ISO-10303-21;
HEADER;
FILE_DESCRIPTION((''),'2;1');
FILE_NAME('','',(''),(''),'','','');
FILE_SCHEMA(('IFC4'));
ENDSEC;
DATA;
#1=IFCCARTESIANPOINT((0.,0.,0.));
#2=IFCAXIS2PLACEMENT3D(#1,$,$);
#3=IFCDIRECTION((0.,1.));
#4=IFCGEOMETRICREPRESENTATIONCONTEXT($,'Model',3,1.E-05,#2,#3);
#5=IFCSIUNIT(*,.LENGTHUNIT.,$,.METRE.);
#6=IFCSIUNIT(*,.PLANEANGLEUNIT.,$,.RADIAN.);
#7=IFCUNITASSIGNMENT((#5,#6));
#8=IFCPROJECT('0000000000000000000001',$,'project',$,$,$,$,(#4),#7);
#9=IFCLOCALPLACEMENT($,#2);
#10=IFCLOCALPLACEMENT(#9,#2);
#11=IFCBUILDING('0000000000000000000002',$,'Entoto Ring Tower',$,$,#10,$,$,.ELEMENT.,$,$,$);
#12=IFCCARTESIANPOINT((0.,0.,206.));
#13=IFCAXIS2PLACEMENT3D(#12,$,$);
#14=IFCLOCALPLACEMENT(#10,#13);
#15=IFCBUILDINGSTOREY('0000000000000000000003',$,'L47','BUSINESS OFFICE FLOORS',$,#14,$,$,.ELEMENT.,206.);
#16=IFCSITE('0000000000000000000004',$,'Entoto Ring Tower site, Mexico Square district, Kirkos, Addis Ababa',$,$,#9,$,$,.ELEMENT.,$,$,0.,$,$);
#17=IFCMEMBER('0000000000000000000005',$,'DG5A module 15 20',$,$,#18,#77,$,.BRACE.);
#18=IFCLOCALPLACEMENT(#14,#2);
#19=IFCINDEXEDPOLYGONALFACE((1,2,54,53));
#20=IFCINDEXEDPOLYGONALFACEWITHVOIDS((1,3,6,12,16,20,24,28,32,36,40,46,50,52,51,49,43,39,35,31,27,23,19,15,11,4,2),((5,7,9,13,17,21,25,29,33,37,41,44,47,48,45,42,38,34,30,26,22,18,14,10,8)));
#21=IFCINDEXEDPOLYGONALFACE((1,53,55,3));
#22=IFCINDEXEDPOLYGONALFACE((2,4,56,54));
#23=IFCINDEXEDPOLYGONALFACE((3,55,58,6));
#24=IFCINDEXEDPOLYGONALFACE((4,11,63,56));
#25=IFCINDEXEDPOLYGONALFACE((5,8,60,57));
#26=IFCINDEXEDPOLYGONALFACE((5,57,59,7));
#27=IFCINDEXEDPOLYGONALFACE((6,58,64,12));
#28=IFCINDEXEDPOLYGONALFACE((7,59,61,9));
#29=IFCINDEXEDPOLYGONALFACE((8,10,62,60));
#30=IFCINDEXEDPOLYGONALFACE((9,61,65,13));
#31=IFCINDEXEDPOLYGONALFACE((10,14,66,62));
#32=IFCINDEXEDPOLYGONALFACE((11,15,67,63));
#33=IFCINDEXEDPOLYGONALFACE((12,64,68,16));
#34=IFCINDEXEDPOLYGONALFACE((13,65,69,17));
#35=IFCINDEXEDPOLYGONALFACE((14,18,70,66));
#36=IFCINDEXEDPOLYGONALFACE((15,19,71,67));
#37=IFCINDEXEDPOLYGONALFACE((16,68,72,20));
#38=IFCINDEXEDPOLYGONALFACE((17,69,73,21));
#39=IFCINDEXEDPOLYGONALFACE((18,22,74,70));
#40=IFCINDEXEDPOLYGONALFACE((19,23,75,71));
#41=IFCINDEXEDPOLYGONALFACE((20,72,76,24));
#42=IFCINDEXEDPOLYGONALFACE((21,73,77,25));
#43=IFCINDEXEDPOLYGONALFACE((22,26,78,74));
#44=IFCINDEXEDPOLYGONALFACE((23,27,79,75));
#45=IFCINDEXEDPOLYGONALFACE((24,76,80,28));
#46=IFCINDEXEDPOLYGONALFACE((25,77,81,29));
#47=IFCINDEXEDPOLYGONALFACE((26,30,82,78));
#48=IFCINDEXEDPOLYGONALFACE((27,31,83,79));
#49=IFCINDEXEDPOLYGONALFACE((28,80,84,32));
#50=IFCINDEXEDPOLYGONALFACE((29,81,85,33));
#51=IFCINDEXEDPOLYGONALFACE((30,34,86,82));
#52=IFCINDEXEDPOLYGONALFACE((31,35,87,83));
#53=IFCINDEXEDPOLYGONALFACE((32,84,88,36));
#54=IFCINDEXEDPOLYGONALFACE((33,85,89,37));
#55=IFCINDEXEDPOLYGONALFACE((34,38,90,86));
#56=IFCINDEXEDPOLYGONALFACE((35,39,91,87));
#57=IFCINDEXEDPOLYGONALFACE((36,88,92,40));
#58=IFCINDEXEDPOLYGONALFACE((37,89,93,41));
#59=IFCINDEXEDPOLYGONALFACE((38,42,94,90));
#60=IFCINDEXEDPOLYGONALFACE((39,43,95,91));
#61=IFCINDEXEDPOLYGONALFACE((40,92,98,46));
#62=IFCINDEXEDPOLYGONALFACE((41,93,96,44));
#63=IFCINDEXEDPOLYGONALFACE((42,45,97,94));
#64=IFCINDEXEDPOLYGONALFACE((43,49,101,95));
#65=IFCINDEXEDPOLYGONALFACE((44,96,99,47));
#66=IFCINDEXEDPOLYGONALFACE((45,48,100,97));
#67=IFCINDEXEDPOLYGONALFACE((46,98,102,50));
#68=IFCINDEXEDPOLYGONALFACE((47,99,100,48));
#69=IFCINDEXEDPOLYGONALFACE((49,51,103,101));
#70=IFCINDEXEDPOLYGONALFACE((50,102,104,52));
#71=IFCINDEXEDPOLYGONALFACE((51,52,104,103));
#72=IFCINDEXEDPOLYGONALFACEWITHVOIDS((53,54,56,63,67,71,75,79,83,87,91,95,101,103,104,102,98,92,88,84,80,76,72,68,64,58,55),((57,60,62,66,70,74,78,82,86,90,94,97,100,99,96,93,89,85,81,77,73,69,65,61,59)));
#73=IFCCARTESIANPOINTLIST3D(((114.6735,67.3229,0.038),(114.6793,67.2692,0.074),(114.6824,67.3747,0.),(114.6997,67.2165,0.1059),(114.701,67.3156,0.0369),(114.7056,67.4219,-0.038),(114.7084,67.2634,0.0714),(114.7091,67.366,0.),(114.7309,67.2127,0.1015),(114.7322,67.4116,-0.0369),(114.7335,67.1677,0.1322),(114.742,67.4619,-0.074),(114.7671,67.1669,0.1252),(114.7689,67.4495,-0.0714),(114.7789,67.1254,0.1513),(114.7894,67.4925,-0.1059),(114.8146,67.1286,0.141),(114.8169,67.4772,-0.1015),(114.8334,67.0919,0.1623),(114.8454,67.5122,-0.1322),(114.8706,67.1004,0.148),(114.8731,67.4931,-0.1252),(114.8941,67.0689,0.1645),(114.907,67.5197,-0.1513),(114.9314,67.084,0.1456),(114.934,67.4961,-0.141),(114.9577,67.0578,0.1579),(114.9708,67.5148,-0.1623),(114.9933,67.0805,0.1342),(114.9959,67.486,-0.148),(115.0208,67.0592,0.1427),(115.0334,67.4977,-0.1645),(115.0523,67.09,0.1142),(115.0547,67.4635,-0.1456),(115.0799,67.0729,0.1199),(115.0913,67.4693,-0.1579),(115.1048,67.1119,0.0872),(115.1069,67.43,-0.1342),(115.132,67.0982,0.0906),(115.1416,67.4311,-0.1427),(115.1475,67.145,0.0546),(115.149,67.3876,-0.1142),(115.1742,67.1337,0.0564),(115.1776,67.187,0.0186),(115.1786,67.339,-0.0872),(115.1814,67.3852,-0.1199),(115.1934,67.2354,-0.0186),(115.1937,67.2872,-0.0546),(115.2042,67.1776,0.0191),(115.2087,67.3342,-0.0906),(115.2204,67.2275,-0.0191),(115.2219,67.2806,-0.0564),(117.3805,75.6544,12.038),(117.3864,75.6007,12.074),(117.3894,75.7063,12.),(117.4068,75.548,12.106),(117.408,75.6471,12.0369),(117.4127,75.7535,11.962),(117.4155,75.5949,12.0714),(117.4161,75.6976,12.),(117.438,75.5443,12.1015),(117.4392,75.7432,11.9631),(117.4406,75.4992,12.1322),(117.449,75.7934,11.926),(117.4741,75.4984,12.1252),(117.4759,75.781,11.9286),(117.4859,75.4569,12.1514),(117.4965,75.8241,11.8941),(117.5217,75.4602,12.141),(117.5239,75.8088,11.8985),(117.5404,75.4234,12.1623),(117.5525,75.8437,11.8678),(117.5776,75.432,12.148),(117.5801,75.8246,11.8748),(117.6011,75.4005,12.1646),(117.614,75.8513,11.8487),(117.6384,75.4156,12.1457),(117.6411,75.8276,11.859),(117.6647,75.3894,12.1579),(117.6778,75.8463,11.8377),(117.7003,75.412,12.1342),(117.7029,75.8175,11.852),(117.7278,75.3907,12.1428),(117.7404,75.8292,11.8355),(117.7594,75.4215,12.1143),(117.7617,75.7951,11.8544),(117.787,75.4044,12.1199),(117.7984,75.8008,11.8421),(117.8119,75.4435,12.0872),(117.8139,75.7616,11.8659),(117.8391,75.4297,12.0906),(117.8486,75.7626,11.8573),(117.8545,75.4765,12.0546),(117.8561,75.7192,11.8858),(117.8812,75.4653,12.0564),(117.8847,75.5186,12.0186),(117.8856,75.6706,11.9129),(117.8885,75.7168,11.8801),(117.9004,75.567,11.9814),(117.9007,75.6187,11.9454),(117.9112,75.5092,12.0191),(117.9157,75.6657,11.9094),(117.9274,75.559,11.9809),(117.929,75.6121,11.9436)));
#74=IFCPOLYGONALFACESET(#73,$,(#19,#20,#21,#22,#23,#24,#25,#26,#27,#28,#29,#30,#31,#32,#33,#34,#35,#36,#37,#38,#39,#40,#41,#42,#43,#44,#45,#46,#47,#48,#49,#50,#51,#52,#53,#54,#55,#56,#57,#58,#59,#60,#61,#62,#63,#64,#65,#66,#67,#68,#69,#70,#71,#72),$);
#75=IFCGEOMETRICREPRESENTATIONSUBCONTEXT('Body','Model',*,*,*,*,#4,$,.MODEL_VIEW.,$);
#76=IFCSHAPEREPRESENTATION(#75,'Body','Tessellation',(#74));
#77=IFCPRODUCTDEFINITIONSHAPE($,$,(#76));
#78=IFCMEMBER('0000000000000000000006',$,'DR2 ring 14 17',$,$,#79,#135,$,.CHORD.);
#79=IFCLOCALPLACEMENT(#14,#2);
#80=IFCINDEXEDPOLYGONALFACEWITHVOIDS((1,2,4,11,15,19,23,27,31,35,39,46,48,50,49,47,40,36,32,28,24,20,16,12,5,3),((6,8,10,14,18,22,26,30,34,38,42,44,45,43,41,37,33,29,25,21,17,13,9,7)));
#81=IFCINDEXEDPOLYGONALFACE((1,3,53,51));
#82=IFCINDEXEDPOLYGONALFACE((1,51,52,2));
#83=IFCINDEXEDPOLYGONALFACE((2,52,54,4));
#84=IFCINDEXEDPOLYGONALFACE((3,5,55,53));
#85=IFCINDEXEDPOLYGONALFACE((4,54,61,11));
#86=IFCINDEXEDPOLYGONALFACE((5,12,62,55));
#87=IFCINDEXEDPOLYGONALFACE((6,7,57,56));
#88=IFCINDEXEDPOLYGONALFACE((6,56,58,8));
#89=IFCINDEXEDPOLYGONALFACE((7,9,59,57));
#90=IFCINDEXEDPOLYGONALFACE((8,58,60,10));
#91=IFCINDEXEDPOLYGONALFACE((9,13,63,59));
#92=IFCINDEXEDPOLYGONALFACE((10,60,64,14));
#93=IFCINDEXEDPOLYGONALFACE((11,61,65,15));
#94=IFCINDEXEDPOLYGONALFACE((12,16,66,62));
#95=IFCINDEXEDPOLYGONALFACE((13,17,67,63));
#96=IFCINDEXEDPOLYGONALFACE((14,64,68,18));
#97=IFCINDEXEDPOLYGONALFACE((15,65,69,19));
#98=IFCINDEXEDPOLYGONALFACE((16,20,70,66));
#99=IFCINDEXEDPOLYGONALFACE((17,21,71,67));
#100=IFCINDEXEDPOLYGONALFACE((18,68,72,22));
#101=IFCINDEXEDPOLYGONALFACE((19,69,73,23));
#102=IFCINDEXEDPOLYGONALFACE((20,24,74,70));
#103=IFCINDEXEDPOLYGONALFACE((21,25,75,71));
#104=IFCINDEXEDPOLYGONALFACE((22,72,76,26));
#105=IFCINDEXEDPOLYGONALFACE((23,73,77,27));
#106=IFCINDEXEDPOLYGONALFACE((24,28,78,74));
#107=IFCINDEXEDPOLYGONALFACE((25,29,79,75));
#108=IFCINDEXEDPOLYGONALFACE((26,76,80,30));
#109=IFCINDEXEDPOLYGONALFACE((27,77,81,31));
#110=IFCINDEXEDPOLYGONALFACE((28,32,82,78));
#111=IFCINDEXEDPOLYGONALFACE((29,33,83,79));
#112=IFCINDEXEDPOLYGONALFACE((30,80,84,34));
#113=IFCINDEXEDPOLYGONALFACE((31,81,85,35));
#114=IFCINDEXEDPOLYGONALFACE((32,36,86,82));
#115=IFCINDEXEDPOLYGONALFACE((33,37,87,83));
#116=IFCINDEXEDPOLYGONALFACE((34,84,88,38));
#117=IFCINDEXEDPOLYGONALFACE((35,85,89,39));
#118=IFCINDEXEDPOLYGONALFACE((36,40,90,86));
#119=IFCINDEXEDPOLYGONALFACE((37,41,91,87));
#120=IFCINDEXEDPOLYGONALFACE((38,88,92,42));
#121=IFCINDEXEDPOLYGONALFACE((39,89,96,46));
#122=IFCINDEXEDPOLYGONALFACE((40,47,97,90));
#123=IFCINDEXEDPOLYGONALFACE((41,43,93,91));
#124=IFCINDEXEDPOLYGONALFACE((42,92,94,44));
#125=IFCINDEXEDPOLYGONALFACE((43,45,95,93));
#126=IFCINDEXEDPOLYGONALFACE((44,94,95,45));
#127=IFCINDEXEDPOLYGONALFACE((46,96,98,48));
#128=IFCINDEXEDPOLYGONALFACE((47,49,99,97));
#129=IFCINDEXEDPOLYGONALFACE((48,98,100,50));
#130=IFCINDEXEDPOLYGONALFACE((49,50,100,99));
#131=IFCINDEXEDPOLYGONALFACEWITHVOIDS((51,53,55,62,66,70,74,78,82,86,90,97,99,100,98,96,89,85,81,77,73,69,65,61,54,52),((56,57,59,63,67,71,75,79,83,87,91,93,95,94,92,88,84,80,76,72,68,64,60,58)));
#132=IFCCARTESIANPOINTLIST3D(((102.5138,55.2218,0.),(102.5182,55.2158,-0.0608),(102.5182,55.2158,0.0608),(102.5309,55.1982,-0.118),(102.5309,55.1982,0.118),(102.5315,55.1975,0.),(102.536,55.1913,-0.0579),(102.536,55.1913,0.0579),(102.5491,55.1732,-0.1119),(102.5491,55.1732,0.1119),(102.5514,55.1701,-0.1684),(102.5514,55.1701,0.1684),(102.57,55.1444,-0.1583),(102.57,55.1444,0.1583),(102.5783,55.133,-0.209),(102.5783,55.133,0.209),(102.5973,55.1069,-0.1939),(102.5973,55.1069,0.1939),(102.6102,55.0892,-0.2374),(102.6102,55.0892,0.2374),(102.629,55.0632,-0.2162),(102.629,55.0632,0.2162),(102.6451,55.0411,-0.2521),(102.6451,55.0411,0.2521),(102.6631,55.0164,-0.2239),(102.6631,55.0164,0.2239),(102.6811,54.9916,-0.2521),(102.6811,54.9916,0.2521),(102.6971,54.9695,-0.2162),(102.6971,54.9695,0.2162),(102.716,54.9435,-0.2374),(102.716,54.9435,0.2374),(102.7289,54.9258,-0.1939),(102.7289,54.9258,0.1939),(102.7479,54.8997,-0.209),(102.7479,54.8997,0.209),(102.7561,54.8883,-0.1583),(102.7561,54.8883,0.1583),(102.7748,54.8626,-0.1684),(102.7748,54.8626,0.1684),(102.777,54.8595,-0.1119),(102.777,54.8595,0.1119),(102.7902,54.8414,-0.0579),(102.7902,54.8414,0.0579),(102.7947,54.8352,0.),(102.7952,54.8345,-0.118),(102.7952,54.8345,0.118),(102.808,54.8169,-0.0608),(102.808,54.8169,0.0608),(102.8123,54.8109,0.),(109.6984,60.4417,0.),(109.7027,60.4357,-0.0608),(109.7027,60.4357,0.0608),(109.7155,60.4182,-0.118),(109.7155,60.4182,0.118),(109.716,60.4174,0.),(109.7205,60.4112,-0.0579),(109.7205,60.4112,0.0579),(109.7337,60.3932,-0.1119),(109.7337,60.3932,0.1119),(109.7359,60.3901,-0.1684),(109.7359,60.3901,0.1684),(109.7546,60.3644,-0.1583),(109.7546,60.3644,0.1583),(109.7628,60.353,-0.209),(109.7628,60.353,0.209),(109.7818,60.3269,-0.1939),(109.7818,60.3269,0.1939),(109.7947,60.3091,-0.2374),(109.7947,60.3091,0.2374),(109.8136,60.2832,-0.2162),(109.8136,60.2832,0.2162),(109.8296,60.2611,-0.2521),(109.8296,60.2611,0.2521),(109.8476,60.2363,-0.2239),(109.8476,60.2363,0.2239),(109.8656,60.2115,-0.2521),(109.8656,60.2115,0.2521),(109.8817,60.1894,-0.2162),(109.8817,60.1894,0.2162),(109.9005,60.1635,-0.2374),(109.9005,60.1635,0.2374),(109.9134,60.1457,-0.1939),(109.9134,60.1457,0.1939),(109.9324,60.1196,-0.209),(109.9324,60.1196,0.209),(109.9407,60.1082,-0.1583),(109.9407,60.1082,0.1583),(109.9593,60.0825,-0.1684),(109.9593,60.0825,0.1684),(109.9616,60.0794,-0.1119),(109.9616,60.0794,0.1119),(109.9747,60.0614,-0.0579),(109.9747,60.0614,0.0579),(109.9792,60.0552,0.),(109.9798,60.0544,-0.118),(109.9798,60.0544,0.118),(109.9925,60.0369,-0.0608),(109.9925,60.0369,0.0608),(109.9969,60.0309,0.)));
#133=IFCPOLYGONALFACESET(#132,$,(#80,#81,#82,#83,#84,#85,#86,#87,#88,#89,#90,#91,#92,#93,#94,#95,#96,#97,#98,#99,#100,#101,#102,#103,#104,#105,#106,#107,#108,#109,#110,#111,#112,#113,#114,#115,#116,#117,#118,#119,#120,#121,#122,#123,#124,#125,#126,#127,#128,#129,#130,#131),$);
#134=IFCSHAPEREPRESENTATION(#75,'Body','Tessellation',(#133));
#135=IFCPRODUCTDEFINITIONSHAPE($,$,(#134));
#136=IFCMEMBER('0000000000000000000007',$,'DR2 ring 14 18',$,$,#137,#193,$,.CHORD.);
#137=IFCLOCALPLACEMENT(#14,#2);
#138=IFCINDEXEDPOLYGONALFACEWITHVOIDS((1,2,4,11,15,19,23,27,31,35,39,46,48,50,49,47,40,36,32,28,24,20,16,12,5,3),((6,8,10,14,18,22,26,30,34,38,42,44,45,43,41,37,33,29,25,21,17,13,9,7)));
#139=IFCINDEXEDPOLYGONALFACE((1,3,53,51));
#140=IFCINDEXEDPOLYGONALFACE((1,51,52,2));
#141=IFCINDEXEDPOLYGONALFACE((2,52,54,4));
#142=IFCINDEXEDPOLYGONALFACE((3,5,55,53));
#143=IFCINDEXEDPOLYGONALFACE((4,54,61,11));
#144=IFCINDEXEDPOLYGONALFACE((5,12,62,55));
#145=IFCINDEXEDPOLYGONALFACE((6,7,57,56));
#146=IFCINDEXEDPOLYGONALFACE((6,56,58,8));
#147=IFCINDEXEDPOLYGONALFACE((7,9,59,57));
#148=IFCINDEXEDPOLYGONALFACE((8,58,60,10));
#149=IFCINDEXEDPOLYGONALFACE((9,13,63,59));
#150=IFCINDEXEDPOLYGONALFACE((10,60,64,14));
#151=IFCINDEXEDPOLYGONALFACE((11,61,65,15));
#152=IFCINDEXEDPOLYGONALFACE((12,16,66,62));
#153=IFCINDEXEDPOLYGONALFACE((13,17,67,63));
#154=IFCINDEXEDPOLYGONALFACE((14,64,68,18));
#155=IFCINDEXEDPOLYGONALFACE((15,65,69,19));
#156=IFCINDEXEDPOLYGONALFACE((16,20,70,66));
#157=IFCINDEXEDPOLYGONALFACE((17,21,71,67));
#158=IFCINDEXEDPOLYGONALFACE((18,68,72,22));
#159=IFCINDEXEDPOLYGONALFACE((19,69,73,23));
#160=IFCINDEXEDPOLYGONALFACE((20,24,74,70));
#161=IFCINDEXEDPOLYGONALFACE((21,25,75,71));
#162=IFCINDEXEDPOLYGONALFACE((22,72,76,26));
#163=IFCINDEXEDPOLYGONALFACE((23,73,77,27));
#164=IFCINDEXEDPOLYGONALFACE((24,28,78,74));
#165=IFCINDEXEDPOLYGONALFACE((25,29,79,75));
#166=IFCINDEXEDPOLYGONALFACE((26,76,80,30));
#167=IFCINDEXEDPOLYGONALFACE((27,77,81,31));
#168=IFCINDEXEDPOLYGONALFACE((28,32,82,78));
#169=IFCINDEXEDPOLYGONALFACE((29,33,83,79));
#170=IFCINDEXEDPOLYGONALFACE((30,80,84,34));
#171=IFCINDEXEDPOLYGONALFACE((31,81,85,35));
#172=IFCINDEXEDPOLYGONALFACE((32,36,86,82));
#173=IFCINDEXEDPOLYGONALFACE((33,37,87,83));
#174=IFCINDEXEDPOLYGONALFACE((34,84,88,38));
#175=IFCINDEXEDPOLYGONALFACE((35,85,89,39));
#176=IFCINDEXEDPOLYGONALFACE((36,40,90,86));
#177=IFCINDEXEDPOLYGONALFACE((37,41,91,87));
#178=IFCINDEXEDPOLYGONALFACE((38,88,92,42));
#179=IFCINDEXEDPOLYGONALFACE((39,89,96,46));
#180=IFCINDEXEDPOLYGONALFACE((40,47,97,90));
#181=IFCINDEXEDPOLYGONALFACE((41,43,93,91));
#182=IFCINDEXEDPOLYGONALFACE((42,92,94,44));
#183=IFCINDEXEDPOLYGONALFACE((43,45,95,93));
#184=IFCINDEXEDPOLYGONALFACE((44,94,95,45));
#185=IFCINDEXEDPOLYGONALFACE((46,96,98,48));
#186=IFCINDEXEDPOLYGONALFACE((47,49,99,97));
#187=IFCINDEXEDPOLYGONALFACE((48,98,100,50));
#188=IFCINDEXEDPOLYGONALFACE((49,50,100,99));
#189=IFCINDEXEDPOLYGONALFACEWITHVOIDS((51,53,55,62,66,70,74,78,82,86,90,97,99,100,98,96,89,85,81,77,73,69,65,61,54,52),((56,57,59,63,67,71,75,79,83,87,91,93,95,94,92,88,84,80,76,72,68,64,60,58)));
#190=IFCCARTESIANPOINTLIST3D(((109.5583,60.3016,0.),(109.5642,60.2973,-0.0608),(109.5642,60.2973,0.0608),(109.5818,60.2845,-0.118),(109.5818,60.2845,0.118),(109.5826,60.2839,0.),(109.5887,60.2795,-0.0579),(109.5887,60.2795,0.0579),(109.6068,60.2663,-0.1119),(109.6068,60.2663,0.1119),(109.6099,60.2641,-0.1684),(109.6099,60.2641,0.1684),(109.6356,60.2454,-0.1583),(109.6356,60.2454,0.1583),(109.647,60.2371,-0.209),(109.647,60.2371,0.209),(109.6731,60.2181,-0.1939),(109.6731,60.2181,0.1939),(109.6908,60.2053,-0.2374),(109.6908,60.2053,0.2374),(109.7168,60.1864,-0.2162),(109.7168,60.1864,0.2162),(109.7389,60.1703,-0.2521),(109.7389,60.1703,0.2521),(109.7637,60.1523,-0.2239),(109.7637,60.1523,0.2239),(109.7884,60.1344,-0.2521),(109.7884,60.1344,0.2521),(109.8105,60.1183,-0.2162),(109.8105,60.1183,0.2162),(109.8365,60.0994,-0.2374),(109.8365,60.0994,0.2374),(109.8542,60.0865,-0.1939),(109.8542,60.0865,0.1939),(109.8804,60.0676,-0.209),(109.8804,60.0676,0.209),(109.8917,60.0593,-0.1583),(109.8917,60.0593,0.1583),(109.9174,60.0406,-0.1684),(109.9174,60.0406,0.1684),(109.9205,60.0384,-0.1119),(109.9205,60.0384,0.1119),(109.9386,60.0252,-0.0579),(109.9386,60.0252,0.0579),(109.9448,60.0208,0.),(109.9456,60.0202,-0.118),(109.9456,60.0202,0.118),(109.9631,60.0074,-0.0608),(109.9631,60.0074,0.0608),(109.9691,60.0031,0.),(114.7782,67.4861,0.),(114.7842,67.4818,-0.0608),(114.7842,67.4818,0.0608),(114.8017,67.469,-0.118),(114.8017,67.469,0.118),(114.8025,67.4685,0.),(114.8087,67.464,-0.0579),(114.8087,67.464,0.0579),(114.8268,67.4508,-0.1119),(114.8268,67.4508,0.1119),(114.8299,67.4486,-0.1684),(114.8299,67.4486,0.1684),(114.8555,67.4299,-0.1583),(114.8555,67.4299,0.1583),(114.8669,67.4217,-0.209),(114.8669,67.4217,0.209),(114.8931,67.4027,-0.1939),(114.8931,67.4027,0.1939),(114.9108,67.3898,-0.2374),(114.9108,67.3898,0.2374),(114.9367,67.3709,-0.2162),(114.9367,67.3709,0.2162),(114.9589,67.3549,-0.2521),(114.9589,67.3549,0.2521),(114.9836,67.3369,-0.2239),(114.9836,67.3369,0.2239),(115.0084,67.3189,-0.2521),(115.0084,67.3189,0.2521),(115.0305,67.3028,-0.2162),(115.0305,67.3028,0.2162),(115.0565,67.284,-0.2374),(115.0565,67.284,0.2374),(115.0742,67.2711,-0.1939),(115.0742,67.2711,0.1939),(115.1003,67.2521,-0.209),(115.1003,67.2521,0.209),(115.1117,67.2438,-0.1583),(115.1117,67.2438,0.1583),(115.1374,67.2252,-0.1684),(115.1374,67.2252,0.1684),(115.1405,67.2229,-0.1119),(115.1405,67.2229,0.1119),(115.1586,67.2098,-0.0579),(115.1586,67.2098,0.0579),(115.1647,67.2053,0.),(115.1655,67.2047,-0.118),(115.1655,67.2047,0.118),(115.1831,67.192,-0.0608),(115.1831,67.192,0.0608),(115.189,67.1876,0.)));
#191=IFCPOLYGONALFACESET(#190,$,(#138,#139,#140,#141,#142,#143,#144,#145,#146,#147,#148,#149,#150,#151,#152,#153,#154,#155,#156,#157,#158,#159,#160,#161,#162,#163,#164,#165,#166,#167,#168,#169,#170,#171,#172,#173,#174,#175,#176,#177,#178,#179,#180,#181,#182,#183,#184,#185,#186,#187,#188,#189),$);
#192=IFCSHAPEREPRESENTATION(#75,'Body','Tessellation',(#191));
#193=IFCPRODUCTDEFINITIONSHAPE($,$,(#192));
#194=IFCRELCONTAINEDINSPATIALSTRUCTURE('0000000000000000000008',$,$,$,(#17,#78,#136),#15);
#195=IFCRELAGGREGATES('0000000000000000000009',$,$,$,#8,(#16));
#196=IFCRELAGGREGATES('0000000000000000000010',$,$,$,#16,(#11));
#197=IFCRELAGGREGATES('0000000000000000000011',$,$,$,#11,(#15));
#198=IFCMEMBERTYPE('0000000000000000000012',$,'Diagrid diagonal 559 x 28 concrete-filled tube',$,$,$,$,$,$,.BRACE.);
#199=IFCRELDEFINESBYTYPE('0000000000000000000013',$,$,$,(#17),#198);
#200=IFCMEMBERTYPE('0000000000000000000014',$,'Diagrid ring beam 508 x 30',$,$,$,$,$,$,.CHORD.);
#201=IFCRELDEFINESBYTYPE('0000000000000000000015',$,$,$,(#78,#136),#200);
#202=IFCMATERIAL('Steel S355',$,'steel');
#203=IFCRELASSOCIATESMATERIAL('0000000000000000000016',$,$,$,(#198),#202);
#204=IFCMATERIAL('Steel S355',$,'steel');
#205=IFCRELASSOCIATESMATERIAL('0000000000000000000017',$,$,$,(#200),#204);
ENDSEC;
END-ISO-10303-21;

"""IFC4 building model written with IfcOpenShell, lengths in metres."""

from ifc_helpers import new_model, si_unit, direction, frame, origin, origin_2d, place, context, subcontext, project, spatial, circle, hollow_circle, extrude, material, material_profile, profile_set, type_object, element, save


model = new_model("IFC4")

# Units and contexts
model_context = context("Model", 3, precision=1e-05, world=origin(), true_north=direction((0.0, 1.0)))
body_context = subcontext(model_context, "Body", "Model", "MODEL_VIEW")
ifc_project = project(units=[si_unit("LENGTHUNIT", "METRE"), si_unit("PLANEANGLEUNIT", "RADIAN")], contexts=[model_context])

# Site, building, storey
site_placement = place(None, origin())
site = spatial("IfcSite", under=ifc_project, at=site_placement, Name="Entoto Ring Tower site, Mexico Square district, Kirkos, Addis Ababa", CompositionType="ELEMENT", RefElevation=0.0)
building_placement = place(site_placement, origin())
building = spatial("IfcBuilding", under=site, at=building_placement, Name="Entoto Ring Tower", CompositionType="ELEMENT")
storey_placement = place(building_placement, frame((0.0, 0.0, 206.0)))
storey = spatial("IfcBuildingStorey", under=building, at=storey_placement, Name="L47", Description="BUSINESS OFFICE FLOORS", CompositionType="ELEMENT", Elevation=206.0)

# Members
ifc_material_1 = material(Name="Steel S355", Category="steel")
ifc_material_profile_1 = material_profile(ifc_material_1, hollow_circle(Radius=0.2795, WallThickness=0.0281, at=origin_2d()), Name="CHS 559 x 28")
ifc_material_2 = material(Name="Concrete C60/75", Category="concrete")
ifc_material_profile_2 = material_profile(ifc_material_2, circle(Radius=0.2515, at=origin_2d()), Name="Concrete C60/75 infill")
ifc_profile_set_1 = profile_set([ifc_material_profile_1, ifc_material_profile_2], Name="Steel S355")
member_type_1 = type_object("IfcMemberType", Name="Diagrid diagonal 559 x 28 concrete-filled tube", PredefinedType="BRACE", material=ifc_profile_set_1)
for number, where, z_axis, x_axis, name in (
    (1, (114.9482, 67.2883, 0.0), (0.182201, 0.560767, 0.807678), (-0.951058, 0.309012, 0.0), "DG5A module 15 20"),
):
    element("IfcMember", number, at=place(storey_placement, frame(where, z_axis=z_axis, x_axis=x_axis)), inside=storey, type_object=member_type_1, Name=name, PredefinedType="BRACE", context=body_context, shape_type="SweptSolid", body=[
        extrude(hollow_circle(Radius=0.2795, WallThickness=0.0281, at=origin_2d()), origin(), (0.0, 0.0, 1.0), 14.8574),
    ])
ifc_material_3 = material(Name="Steel S355", Category="steel")
ifc_material_profile_3 = material_profile(ifc_material_3, hollow_circle(Radius=0.2539, WallThickness=0.03, at=origin_2d()), Name="CHS 508 x 30")
ifc_material_4 = material(Name="Concrete C60/75", Category="concrete")
ifc_material_profile_4 = material_profile(ifc_material_4, circle(Radius=0.2241, at=origin_2d()), Name="Concrete C60/75 infill")
ifc_profile_set_2 = profile_set([ifc_material_profile_3, ifc_material_profile_4], Name="Steel S355")
member_type_2 = type_object("IfcMemberType", Name="Diagrid ring beam 508 x 30", PredefinedType="CHORD", material=ifc_profile_set_2)
for number, where, z_axis, x_axis, name in (
    (2, (102.6631, 55.0164, 0.0), (0.809013, 0.587791, 0.0), (-0.587791, 0.809013, 0.0), "DR2 ring 14 17"),
    (3, (109.7637, 60.1523, 0.0), (0.587791, 0.809013, 0.0), (-0.809013, 0.587791, 0.0), "DR2 ring 14 18"),
):
    element("IfcMember", number, at=place(storey_placement, frame(where, z_axis=z_axis, x_axis=x_axis)), inside=storey, type_object=member_type_2, Name=name, PredefinedType="CHORD", context=body_context, shape_type="SweptSolid", body=[
        extrude(hollow_circle(Radius=0.2539, WallThickness=0.03, at=origin_2d()), origin(), (0.0, 0.0, 1.0), 8.8806),
    ])

save(model, "model.ifc")
